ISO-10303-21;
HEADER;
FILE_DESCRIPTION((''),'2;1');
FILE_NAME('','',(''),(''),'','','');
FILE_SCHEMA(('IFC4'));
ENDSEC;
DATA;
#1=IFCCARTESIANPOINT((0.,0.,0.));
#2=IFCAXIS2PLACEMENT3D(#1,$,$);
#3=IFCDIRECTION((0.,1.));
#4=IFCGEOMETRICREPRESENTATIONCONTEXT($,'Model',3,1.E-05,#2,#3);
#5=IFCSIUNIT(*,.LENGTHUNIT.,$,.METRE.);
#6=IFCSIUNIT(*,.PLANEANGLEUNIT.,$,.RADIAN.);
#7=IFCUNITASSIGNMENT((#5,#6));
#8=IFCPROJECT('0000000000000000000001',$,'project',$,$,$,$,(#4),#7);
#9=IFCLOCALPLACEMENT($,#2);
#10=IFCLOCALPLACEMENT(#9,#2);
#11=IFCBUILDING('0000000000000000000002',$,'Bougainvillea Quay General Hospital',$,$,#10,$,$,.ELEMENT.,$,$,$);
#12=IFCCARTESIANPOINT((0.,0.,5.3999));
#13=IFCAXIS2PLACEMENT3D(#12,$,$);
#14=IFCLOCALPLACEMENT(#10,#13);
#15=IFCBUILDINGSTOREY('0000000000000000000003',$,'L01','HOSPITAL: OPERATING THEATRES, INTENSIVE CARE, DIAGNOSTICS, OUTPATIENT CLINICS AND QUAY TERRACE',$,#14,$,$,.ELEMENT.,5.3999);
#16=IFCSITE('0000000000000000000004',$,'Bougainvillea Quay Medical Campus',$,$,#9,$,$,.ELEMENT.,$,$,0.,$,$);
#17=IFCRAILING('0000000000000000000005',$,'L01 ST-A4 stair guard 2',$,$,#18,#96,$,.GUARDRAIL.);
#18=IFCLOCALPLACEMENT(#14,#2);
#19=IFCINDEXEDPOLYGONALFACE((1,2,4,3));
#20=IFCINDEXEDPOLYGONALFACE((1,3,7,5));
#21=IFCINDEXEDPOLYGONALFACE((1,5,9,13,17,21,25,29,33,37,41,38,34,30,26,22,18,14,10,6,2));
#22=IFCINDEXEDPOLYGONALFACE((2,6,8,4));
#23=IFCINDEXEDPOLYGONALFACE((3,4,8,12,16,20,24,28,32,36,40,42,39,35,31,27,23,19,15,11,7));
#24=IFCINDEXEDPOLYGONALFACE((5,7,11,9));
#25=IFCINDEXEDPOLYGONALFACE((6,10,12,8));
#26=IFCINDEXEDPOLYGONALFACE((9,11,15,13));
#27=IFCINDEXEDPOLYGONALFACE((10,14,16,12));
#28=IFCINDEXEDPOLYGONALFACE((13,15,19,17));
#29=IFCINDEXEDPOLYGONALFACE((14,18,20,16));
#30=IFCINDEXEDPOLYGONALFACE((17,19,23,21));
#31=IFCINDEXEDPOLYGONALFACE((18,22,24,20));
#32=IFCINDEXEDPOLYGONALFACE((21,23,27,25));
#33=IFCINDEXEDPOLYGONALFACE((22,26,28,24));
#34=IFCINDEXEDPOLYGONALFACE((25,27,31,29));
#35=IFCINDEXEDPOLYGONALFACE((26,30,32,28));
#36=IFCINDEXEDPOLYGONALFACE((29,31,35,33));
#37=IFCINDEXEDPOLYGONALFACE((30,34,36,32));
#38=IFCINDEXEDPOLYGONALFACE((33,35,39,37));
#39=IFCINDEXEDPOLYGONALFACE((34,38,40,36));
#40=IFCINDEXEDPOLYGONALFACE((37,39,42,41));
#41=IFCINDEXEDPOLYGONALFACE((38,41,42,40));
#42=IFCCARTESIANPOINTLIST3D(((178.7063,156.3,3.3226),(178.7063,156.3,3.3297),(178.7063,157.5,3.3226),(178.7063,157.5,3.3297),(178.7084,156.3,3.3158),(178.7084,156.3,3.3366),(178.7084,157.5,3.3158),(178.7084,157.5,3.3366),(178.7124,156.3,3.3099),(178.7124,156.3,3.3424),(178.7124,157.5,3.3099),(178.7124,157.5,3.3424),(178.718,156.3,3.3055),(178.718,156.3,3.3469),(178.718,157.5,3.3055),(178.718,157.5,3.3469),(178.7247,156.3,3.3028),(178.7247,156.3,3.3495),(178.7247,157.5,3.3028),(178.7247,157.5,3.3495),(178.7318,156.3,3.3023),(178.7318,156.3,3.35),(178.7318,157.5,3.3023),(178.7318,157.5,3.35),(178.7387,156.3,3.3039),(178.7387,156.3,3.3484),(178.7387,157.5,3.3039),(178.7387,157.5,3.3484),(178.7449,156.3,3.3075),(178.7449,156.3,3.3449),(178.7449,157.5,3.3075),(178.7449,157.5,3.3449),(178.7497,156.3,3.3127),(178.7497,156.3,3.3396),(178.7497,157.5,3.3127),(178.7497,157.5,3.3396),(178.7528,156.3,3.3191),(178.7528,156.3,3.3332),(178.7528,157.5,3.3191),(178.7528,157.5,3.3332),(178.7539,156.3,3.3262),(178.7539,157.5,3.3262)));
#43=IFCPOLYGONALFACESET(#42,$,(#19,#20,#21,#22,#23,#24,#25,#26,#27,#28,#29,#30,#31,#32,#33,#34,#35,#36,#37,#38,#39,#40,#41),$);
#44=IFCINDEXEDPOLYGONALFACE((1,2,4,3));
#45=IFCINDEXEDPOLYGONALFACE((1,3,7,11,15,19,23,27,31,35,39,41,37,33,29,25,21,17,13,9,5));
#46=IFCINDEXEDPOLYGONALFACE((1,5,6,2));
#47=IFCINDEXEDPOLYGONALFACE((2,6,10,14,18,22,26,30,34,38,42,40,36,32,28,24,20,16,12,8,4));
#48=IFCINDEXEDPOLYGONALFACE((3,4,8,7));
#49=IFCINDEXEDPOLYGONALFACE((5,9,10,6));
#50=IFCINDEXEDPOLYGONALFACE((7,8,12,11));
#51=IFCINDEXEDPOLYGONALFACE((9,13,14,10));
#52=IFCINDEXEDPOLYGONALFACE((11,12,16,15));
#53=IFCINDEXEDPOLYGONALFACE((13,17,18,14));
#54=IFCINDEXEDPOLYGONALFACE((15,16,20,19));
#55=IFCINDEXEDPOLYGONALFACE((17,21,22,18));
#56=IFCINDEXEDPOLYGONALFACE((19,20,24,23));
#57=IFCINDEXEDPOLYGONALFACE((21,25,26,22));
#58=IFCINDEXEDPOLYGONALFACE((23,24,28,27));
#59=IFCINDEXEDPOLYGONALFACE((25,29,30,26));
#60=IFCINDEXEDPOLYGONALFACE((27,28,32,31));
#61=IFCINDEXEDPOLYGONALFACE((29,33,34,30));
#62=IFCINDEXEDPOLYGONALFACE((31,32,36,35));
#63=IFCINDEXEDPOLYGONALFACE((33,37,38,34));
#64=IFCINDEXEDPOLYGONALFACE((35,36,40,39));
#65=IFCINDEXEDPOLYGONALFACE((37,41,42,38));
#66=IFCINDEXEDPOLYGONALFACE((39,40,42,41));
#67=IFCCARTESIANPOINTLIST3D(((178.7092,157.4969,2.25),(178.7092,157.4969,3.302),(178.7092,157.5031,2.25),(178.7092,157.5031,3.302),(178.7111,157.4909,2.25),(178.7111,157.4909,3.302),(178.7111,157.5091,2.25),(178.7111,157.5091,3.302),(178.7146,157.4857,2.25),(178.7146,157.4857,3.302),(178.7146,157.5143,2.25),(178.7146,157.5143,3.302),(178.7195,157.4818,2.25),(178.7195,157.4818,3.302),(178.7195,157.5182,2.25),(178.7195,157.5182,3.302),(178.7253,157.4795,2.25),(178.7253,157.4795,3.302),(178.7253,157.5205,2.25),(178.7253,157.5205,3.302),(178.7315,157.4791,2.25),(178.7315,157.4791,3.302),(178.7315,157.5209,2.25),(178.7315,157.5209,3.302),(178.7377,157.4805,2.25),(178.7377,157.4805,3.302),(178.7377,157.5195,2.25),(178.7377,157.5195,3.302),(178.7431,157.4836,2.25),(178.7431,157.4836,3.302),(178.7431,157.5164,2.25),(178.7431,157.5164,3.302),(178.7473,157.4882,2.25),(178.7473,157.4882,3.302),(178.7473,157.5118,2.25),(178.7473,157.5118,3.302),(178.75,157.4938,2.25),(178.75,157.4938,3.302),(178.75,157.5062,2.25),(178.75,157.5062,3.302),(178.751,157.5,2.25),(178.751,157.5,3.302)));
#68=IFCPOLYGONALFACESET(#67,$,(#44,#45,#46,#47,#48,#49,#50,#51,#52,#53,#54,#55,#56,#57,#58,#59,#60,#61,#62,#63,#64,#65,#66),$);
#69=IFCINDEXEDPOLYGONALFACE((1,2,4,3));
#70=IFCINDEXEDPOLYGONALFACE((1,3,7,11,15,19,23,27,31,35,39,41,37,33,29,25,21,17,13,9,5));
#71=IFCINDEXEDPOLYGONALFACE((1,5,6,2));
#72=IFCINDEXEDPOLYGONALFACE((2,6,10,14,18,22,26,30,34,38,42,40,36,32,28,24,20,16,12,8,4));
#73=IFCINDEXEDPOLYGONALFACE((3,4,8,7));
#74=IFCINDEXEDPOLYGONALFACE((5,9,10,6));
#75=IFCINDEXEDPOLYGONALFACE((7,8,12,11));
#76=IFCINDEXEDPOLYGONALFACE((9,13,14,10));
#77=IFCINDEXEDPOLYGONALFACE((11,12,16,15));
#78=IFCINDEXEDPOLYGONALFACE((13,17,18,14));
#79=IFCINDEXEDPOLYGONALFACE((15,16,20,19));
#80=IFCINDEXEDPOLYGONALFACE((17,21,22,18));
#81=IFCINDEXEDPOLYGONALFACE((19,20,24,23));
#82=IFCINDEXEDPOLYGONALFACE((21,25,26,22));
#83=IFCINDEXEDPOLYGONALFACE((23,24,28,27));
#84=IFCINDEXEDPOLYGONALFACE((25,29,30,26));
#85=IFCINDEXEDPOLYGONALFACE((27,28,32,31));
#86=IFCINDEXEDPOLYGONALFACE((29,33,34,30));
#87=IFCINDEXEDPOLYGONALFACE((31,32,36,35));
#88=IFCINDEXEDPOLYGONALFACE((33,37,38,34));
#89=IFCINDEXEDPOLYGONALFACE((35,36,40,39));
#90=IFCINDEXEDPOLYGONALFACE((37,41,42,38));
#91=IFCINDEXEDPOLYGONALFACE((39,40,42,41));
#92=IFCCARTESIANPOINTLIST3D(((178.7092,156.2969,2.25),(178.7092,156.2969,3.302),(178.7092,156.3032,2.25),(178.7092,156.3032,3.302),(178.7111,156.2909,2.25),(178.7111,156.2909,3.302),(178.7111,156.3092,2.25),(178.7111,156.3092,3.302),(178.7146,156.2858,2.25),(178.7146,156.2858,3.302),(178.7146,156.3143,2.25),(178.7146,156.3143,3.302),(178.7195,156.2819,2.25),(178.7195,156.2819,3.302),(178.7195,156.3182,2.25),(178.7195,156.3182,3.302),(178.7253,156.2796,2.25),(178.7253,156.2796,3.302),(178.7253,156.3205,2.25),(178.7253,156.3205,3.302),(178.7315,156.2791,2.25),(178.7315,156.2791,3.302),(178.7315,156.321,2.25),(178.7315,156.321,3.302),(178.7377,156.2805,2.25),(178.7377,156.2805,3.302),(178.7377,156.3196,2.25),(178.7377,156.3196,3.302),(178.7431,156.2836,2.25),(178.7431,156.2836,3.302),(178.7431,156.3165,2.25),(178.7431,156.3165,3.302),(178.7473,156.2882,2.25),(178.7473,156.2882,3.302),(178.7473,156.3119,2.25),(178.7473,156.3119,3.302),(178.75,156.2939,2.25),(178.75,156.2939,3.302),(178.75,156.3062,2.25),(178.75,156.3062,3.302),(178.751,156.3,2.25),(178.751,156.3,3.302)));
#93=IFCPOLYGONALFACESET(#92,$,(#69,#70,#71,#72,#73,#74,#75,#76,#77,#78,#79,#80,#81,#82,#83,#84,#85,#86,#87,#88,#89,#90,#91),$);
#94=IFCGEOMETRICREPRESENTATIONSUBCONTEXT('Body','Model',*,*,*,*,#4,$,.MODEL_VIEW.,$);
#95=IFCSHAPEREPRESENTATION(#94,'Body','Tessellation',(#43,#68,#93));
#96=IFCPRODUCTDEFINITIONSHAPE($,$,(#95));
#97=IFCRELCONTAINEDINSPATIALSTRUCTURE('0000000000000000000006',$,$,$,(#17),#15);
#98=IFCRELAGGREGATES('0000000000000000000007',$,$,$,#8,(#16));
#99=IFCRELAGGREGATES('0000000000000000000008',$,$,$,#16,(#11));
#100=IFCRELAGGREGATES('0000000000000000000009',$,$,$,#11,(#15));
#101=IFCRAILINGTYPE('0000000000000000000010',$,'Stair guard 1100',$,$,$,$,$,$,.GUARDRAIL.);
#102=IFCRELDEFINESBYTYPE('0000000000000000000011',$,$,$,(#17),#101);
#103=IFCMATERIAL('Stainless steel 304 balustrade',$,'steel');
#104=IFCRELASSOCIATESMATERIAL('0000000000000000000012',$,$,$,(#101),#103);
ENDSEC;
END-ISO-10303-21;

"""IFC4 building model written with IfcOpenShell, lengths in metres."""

from ifc_helpers import new_model, si_unit, direction, frame, origin, origin_2d, place, context, subcontext, project, spatial, circle, extrude, material, type_object, element, save


model = new_model("IFC4")

# Units and contexts
model_context = context("Model", 3, precision=1e-05, world=origin(), true_north=direction((0.0, 1.0)))
body_context = subcontext(model_context, "Body", "Model", "MODEL_VIEW")
ifc_project = project(units=[si_unit("LENGTHUNIT", "METRE"), si_unit("PLANEANGLEUNIT", "RADIAN")], contexts=[model_context])

# Site, building, storey
site_placement = place(None, origin())
site = spatial("IfcSite", under=ifc_project, at=site_placement, Name="Bougainvillea Quay Medical Campus", CompositionType="ELEMENT", RefElevation=0.0)
building_placement = place(site_placement, origin())
building = spatial("IfcBuilding", under=site, at=building_placement, Name="Bougainvillea Quay General Hospital", CompositionType="ELEMENT")
storey_placement = place(building_placement, frame((0.0, 0.0, 5.3999)))
storey = spatial("IfcBuildingStorey", under=building, at=storey_placement, Name="L01", Description="HOSPITAL: OPERATING THEATRES, INTENSIVE CARE, DIAGNOSTICS, OUTPATIENT CLINICS AND QUAY TERRACE", CompositionType="ELEMENT", Elevation=5.3999)

# Railing
ifc_material_1 = material(Name="Stainless steel 304 balustrade", Category="steel")
railing_type_1 = type_object("IfcRailingType", Name="Stair guard 1100", PredefinedType="GUARDRAIL", material=ifc_material_1)
railing_1_placement = place(storey_placement, frame((178.73, 157.5, 2.25)))
element("IfcRailing", 1, at=railing_1_placement, inside=storey, type_object=railing_type_1, Name="L01 ST-A4 stair guard 2", PredefinedType="GUARDRAIL", context=body_context, shape_type="SweptSolid", body=[
    extrude(circle(Radius=0.0239, at=origin_2d()), frame((0.0, 0.0, 1.0762), z_axis=(0.0, -1.0, 0.0), x_axis=(1.0, 0.0, 0.0)), (0.0, 0.0, 1.0), 1.2),
    extrude(circle(Radius=0.021, at=origin_2d()), origin(), (0.0, 0.0, 1.0), 1.052),
    extrude(circle(Radius=0.021, at=origin_2d()), frame((0.0, -1.2, 0.0)), (0.0, 0.0, 1.0), 1.052),
])

save(model, "model.ifc")
